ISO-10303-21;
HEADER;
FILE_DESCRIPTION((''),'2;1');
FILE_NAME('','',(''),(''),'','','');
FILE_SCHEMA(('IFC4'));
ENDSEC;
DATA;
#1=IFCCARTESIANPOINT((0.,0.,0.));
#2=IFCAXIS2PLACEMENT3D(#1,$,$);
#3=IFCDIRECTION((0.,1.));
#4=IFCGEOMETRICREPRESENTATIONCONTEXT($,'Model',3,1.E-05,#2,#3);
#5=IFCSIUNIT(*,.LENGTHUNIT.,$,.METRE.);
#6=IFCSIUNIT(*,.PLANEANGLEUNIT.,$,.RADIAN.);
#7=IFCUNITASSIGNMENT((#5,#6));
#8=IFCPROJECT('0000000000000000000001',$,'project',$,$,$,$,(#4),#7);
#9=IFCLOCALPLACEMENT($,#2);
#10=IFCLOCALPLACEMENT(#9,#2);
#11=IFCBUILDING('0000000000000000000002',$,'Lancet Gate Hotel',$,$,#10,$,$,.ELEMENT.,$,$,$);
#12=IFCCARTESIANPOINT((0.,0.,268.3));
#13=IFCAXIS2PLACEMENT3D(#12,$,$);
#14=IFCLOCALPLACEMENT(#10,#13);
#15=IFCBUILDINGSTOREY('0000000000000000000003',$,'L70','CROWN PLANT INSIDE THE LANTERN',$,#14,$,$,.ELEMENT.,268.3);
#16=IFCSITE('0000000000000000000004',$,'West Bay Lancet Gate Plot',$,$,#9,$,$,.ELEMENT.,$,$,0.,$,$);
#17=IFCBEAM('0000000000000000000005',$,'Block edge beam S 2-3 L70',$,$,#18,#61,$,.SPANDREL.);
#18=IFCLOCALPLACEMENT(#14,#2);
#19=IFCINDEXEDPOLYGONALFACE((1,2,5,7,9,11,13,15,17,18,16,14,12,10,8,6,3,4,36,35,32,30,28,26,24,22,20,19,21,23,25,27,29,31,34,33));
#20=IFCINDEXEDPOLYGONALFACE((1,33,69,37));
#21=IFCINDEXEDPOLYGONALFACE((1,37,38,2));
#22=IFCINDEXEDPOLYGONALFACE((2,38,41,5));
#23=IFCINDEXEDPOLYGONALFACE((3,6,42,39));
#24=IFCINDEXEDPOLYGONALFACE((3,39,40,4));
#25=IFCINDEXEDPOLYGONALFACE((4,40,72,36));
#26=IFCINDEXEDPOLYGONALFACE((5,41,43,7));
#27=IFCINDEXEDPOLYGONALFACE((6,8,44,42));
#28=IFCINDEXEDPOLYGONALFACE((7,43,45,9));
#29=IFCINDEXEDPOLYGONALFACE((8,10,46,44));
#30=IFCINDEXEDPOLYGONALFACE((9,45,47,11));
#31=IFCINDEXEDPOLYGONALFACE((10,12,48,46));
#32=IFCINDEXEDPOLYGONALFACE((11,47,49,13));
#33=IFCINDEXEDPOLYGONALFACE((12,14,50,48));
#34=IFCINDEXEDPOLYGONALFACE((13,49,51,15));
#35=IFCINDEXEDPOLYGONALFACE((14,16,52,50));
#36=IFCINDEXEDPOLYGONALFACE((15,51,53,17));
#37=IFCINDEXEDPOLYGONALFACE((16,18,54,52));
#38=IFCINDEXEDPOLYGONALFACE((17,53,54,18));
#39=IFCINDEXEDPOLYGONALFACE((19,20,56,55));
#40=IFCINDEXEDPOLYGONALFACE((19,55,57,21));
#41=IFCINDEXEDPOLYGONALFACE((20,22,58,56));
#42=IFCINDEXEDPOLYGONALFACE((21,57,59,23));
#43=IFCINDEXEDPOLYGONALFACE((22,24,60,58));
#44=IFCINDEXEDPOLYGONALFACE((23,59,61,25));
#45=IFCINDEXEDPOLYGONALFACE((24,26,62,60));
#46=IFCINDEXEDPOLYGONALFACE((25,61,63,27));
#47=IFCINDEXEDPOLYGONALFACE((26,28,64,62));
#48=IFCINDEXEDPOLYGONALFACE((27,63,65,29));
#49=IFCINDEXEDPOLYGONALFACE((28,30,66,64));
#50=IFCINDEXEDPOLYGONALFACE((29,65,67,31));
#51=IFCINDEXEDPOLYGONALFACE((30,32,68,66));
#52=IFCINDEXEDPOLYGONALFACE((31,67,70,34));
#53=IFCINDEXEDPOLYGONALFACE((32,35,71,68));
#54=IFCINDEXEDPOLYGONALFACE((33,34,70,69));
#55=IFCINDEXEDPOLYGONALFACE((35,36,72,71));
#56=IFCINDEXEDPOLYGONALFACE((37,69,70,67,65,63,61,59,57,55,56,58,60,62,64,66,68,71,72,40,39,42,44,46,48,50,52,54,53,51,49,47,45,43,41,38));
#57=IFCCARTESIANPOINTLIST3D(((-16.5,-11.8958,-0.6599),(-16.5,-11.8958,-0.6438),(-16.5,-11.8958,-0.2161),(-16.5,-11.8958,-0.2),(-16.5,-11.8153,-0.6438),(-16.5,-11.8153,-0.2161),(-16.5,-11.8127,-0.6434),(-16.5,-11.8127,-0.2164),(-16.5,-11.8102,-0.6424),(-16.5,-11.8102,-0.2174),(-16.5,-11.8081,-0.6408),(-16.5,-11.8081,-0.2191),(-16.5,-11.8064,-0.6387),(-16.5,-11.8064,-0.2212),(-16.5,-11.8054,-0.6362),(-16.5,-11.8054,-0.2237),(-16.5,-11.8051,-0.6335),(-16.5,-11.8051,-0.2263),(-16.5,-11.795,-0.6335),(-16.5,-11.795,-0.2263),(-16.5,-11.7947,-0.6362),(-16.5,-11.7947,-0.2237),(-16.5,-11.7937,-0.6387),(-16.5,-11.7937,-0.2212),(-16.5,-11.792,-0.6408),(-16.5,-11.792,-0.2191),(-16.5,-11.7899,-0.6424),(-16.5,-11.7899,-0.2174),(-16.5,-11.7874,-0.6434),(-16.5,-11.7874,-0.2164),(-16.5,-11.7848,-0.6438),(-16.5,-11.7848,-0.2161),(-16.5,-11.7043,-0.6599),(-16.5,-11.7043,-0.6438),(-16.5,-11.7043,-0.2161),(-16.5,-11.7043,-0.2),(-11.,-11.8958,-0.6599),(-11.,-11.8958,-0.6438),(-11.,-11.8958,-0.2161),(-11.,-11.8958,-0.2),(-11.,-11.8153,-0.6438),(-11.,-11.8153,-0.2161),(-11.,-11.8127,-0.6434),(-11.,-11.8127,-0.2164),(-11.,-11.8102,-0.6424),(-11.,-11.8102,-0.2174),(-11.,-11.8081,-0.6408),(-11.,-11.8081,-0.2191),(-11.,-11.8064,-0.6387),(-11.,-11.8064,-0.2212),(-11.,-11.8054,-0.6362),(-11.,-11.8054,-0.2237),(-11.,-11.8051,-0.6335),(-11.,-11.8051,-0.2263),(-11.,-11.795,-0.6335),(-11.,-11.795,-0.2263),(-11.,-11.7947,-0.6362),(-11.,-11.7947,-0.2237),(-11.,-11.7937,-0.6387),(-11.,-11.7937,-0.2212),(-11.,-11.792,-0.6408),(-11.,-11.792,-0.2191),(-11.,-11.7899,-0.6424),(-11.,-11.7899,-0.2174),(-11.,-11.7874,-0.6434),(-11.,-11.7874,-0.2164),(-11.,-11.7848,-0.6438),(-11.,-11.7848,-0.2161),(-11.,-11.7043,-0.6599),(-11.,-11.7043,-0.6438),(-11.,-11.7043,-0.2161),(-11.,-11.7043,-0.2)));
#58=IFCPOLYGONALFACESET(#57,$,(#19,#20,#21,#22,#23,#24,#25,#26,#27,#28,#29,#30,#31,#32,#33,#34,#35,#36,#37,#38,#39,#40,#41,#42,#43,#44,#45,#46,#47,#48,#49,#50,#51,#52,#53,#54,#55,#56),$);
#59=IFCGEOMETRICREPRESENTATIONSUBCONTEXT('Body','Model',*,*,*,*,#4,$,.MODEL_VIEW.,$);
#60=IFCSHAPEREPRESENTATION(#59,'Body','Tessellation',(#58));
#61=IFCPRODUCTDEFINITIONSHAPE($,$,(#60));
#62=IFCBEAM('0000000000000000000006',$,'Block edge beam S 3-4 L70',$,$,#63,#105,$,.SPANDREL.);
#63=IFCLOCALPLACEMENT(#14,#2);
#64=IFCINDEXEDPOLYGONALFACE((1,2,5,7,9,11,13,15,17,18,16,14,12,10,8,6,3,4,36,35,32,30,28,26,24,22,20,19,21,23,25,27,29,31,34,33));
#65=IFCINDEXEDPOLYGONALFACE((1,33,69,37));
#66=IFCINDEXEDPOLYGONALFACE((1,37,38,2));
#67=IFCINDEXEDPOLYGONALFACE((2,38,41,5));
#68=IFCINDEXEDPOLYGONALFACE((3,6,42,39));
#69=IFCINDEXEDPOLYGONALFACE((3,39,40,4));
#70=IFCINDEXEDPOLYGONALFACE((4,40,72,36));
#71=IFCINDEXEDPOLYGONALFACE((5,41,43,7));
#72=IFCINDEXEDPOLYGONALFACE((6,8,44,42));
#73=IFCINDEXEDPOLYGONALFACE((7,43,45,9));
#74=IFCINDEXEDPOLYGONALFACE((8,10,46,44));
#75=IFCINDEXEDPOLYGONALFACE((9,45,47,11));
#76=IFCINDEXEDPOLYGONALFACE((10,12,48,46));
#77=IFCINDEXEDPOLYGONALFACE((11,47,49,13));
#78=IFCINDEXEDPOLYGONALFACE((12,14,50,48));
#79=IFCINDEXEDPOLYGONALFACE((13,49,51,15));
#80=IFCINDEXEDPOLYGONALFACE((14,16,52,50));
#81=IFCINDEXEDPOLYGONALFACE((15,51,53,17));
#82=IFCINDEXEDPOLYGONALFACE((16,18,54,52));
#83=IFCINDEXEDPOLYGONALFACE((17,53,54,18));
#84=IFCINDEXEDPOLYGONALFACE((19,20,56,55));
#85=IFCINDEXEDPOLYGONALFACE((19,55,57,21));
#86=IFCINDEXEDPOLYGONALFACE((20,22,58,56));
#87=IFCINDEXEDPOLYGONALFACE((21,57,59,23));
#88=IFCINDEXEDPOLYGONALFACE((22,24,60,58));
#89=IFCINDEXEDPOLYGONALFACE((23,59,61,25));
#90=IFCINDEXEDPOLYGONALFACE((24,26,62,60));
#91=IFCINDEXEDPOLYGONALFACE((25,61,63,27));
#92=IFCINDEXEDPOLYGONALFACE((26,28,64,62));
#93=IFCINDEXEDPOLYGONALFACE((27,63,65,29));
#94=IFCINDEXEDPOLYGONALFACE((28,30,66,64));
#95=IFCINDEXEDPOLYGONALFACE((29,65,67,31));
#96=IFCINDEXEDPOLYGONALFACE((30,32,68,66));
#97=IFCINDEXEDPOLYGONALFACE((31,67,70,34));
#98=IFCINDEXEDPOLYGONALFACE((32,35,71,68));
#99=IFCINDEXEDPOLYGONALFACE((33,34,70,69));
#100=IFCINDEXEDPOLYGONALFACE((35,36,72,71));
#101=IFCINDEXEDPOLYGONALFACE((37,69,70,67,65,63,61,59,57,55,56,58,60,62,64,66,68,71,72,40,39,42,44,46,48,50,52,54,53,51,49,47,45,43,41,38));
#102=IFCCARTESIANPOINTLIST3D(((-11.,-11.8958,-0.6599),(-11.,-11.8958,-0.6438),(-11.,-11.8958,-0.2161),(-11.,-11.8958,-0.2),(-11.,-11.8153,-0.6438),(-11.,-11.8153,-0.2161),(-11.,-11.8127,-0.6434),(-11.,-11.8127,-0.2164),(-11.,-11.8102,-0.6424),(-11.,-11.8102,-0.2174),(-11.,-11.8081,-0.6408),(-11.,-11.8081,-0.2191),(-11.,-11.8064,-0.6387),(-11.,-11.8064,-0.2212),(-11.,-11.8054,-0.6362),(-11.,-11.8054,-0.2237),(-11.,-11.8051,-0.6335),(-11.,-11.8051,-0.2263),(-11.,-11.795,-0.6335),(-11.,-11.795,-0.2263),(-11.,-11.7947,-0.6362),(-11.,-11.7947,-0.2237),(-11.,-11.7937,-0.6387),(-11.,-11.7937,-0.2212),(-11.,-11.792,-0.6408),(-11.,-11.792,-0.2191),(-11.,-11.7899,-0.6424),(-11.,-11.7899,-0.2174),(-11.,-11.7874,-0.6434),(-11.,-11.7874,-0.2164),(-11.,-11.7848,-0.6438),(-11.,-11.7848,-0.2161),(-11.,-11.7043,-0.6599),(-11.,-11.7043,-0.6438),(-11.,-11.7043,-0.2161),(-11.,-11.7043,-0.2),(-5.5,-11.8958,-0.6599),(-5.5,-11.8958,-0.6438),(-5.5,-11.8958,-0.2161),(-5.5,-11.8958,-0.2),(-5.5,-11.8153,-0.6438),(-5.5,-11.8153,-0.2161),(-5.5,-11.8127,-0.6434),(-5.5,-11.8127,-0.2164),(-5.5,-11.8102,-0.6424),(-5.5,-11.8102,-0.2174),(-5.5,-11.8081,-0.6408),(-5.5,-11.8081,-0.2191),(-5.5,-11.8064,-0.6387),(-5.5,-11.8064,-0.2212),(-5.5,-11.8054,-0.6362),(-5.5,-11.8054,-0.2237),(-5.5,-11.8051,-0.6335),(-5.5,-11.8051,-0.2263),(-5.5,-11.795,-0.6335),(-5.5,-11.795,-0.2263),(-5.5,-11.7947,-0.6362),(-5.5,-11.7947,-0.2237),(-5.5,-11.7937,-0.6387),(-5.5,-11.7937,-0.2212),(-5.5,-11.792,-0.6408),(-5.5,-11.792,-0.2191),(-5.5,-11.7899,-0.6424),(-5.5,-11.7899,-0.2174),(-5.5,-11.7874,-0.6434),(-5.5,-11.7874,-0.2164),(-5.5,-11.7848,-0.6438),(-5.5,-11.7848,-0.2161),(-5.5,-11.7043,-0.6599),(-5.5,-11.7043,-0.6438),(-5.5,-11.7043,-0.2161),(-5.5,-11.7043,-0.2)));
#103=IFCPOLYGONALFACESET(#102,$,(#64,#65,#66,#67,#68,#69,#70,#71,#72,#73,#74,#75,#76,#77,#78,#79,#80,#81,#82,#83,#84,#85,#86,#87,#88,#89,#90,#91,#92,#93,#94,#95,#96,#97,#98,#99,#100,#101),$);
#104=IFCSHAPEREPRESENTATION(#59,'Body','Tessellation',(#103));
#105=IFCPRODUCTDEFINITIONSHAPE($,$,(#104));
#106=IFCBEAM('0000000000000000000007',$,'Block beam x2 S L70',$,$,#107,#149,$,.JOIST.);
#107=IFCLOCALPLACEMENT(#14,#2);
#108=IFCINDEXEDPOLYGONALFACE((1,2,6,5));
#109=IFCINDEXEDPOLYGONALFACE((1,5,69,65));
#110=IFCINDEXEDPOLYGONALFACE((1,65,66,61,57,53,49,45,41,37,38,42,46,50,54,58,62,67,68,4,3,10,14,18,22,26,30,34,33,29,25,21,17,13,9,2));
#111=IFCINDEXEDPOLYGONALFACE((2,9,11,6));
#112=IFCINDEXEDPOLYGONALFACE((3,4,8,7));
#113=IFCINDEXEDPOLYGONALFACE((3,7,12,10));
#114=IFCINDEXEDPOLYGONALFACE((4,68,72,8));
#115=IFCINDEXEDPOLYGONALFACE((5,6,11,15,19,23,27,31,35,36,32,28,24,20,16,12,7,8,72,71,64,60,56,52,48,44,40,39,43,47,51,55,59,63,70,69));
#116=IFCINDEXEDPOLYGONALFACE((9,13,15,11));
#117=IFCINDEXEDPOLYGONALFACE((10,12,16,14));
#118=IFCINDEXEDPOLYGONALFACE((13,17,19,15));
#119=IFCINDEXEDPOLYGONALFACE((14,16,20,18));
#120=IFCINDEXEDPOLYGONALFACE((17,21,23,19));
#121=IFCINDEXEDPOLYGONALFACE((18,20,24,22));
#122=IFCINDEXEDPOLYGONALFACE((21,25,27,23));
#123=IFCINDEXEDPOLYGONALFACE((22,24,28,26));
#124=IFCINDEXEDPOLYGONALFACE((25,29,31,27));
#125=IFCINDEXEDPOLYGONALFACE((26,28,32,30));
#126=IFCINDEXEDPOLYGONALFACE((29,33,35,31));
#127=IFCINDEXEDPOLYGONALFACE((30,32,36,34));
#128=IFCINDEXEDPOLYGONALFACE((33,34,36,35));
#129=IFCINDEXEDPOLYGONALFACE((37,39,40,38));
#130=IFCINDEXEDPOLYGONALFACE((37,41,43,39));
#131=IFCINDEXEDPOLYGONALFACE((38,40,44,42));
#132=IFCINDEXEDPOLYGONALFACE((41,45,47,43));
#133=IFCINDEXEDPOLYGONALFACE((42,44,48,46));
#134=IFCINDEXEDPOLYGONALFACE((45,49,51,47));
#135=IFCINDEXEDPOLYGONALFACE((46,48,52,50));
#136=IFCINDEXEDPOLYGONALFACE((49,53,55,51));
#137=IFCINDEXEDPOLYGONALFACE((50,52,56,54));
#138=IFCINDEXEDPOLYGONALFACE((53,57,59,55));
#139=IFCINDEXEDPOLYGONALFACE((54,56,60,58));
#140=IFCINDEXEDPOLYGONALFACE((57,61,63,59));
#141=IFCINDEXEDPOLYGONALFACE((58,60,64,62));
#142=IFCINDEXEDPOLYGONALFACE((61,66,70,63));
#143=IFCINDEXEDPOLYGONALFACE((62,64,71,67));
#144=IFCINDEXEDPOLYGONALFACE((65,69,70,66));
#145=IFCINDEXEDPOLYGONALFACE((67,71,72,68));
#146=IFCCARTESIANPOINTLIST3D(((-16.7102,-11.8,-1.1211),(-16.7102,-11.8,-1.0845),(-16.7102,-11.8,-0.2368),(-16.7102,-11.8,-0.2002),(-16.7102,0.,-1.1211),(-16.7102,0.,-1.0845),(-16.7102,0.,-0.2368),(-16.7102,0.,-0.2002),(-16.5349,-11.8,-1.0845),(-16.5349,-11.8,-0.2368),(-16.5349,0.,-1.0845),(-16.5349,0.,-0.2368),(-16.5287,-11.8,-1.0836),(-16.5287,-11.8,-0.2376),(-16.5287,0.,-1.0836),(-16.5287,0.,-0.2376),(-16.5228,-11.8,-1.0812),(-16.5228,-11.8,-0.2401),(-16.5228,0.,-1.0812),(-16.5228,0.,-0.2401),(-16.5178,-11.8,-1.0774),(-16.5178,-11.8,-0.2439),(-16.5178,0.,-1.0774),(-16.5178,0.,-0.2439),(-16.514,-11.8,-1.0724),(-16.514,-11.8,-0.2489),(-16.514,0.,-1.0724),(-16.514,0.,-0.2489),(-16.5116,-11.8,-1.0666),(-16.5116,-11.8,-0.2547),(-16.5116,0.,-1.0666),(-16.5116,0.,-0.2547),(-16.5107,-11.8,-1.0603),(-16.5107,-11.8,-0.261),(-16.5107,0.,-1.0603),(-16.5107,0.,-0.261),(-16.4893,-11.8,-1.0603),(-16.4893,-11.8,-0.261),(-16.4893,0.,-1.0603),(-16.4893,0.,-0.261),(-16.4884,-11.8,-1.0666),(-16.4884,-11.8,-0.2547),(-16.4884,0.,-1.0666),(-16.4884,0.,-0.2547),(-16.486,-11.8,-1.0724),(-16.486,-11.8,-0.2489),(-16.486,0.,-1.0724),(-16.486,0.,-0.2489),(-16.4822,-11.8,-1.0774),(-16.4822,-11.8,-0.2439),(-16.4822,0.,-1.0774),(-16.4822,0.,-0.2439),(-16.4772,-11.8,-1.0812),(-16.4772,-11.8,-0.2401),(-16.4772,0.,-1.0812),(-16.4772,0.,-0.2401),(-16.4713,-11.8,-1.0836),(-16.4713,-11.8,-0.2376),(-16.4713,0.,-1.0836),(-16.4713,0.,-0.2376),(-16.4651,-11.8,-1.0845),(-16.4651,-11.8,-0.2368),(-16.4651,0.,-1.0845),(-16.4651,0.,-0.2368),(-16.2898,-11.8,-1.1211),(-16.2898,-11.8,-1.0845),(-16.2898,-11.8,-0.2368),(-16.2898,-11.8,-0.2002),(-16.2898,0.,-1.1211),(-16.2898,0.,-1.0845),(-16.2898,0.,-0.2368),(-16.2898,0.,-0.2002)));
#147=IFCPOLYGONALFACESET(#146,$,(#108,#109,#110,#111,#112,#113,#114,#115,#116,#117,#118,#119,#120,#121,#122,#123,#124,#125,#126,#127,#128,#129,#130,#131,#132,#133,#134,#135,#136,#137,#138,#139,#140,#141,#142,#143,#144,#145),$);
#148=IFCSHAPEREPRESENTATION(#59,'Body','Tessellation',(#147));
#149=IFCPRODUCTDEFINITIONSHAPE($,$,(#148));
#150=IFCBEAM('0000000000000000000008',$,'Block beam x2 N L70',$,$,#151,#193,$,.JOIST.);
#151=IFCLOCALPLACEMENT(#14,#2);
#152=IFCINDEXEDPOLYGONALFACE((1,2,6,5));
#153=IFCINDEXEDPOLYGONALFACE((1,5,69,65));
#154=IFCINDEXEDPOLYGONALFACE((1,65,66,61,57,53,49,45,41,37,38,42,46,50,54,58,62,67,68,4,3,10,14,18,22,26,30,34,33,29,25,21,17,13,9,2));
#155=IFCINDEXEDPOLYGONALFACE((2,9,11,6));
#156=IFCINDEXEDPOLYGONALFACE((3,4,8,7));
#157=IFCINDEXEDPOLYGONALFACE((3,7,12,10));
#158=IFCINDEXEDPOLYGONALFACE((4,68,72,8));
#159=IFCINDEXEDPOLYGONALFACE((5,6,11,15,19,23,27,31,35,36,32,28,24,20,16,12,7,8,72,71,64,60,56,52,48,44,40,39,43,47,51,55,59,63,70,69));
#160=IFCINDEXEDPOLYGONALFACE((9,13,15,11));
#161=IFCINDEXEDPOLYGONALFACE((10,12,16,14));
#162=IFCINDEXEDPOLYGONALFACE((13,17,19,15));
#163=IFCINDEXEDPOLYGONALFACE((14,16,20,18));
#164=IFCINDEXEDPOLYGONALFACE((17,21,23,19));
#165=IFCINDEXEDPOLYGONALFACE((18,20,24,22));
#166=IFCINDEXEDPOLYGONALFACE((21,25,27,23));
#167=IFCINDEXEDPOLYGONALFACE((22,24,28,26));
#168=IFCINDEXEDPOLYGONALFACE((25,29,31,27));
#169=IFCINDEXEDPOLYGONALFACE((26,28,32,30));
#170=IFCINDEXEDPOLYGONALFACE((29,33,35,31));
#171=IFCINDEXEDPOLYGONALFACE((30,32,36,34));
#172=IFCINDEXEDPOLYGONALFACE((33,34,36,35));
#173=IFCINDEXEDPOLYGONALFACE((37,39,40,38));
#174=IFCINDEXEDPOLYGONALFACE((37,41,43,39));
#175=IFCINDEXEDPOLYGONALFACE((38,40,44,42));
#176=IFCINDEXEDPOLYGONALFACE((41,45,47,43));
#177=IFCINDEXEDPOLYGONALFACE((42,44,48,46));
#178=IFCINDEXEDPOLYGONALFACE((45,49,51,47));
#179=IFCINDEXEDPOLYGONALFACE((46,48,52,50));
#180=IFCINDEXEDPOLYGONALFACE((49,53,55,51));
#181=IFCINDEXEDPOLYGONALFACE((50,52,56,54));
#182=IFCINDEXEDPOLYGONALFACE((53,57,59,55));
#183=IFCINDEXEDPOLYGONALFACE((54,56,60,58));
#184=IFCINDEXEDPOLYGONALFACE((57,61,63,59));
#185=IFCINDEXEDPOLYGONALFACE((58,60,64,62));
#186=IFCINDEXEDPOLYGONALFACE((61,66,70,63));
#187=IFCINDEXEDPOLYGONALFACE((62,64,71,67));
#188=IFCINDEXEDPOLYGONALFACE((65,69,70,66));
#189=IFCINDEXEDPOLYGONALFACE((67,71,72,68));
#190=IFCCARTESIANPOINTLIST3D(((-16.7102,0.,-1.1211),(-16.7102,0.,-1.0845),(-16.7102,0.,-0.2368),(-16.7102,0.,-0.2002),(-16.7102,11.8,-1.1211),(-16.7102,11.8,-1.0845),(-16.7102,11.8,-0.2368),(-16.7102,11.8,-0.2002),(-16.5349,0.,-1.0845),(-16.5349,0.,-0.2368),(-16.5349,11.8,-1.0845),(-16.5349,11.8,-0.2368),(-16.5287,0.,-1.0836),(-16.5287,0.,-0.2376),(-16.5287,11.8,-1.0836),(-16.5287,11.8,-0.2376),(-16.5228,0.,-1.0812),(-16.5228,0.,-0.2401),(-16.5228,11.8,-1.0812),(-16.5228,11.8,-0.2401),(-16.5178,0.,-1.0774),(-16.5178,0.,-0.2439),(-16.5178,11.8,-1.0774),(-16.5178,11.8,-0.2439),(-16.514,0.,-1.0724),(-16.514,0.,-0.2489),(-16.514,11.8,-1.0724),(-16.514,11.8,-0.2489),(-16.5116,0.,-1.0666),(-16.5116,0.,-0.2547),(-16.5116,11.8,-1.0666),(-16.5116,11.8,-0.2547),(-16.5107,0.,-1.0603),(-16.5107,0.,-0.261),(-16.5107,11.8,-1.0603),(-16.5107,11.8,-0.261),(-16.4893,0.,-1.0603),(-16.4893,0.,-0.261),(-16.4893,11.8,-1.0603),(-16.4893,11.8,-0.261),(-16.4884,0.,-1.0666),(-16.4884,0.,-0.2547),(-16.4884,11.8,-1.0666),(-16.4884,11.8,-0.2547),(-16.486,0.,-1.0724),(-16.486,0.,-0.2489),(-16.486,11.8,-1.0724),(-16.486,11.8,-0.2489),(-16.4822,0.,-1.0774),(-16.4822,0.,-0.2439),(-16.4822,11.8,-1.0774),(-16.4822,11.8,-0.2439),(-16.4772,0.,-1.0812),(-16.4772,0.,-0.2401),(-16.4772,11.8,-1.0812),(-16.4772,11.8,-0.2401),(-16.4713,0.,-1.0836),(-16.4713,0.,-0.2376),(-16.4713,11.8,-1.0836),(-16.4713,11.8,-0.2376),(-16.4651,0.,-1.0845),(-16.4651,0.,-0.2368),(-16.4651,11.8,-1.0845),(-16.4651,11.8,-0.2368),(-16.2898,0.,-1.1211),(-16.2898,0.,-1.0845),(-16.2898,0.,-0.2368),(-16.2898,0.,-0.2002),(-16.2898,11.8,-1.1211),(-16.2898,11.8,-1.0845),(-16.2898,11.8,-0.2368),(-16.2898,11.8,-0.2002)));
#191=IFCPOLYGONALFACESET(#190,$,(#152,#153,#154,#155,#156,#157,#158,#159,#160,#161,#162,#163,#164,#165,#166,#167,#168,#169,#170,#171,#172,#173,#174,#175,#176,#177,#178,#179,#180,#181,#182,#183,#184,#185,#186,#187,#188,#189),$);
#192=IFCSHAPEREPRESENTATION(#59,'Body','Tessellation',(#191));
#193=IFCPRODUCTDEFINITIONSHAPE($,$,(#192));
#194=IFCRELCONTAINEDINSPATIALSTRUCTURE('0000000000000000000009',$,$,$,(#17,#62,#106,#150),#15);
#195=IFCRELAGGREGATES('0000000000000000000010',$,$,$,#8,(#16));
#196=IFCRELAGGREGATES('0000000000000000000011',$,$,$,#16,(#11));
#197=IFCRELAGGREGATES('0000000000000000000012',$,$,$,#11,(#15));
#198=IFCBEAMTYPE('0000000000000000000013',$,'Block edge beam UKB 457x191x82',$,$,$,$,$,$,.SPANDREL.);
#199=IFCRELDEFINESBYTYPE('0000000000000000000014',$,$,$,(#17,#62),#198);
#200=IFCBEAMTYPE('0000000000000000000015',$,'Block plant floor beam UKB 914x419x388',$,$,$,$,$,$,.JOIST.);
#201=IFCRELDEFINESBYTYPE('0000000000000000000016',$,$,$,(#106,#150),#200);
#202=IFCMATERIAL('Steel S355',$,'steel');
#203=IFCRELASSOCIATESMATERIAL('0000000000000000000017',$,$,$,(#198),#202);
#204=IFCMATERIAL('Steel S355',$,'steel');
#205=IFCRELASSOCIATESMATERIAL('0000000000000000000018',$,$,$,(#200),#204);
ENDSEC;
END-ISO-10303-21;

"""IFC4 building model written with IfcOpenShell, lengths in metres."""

from ifc_helpers import new_model, si_unit, direction, frame, origin, origin_2d, place, context, subcontext, project, spatial, i_section, extrude, material, material_profile, profile_set, type_object, element, save


model = new_model("IFC4")

# Units and contexts
model_context = context("Model", 3, precision=1e-05, world=origin(), true_north=direction((0.0, 1.0)))
body_context = subcontext(model_context, "Body", "Model", "MODEL_VIEW")
ifc_project = project(units=[si_unit("LENGTHUNIT", "METRE"), si_unit("PLANEANGLEUNIT", "RADIAN")], contexts=[model_context])

# Site, building, storey
site_placement = place(None, origin())
site = spatial("IfcSite", under=ifc_project, at=site_placement, Name="West Bay Lancet Gate Plot", CompositionType="ELEMENT", RefElevation=0.0)
building_placement = place(site_placement, origin())
building = spatial("IfcBuilding", under=site, at=building_placement, Name="Lancet Gate Hotel", CompositionType="ELEMENT")
storey_placement = place(building_placement, frame((0.0, 0.0, 268.3)))
storey = spatial("IfcBuildingStorey", under=building, at=storey_placement, Name="L70", Description="CROWN PLANT INSIDE THE LANTERN", CompositionType="ELEMENT", Elevation=268.3)

# Beams
ifc_material_1 = material(Name="Steel S355", Category="steel")
ifc_material_profile_1 = material_profile(ifc_material_1, i_section(OverallWidth=0.1914, OverallDepth=0.46, WebThickness=0.01, FlangeThickness=0.0161, FilletRadius=0.0103, at=origin_2d()), Name="UKB 457x191x82")
ifc_profile_set_1 = profile_set([ifc_material_profile_1], Name="Steel S355")
beam_type_1 = type_object("IfcBeamType", Name="Block edge beam UKB 457x191x82", PredefinedType="SPANDREL", material=ifc_profile_set_1)
for number, where, z_axis, x_axis, name in (
    (1, (-16.5, -11.8, -0.4299), (1.0, 0.0, 0.0), (0.0, 1.0, 0.0), "Block edge beam S 2-3 L70"),
    (2, (-11.0, -11.8, -0.4299), (1.0, 0.0, 0.0), (0.0, 1.0, 0.0), "Block edge beam S 3-4 L70"),
):
    element("IfcBeam", number, at=place(storey_placement, frame(where, z_axis=z_axis, x_axis=x_axis)), inside=storey, type_object=beam_type_1, Name=name, PredefinedType="SPANDREL", context=body_context, shape_type="SweptSolid", body=[
        extrude(i_section(OverallWidth=0.1914, OverallDepth=0.46, WebThickness=0.01, FlangeThickness=0.0161, FilletRadius=0.0103, at=origin_2d()), origin(), (0.0, 0.0, 1.0), 5.5),
    ])
ifc_material_2 = material(Name="Steel S355", Category="steel")
ifc_material_profile_2 = material_profile(ifc_material_2, i_section(OverallWidth=0.4204, OverallDepth=0.9209, WebThickness=0.0215, FlangeThickness=0.0366, FilletRadius=0.0242, at=origin_2d()), Name="UKB 914x419x388")
ifc_profile_set_2 = profile_set([ifc_material_profile_2], Name="Steel S355")
beam_type_2 = type_object("IfcBeamType", Name="Block plant floor beam UKB 914x419x388", PredefinedType="JOIST", material=ifc_profile_set_2)
for number, where, z_axis, x_axis, name in (
    (3, (-16.5, -11.8, -0.6606), (0.0, 1.0, 0.0), (-1.0, 0.0, 0.0), "Block beam x2 S L70"),
    (4, (-16.5, 0.0, -0.6606), (0.0, 1.0, 0.0), (-1.0, 0.0, 0.0), "Block beam x2 N L70"),
):
    element("IfcBeam", number, at=place(storey_placement, frame(where, z_axis=z_axis, x_axis=x_axis)), inside=storey, type_object=beam_type_2, Name=name, PredefinedType="JOIST", context=body_context, shape_type="SweptSolid", body=[
        extrude(i_section(OverallWidth=0.4204, OverallDepth=0.9209, WebThickness=0.0215, FlangeThickness=0.0366, FilletRadius=0.0242, at=origin_2d()), origin(), (0.0, 0.0, 1.0), 11.8),
    ])

save(model, "model.ifc")
